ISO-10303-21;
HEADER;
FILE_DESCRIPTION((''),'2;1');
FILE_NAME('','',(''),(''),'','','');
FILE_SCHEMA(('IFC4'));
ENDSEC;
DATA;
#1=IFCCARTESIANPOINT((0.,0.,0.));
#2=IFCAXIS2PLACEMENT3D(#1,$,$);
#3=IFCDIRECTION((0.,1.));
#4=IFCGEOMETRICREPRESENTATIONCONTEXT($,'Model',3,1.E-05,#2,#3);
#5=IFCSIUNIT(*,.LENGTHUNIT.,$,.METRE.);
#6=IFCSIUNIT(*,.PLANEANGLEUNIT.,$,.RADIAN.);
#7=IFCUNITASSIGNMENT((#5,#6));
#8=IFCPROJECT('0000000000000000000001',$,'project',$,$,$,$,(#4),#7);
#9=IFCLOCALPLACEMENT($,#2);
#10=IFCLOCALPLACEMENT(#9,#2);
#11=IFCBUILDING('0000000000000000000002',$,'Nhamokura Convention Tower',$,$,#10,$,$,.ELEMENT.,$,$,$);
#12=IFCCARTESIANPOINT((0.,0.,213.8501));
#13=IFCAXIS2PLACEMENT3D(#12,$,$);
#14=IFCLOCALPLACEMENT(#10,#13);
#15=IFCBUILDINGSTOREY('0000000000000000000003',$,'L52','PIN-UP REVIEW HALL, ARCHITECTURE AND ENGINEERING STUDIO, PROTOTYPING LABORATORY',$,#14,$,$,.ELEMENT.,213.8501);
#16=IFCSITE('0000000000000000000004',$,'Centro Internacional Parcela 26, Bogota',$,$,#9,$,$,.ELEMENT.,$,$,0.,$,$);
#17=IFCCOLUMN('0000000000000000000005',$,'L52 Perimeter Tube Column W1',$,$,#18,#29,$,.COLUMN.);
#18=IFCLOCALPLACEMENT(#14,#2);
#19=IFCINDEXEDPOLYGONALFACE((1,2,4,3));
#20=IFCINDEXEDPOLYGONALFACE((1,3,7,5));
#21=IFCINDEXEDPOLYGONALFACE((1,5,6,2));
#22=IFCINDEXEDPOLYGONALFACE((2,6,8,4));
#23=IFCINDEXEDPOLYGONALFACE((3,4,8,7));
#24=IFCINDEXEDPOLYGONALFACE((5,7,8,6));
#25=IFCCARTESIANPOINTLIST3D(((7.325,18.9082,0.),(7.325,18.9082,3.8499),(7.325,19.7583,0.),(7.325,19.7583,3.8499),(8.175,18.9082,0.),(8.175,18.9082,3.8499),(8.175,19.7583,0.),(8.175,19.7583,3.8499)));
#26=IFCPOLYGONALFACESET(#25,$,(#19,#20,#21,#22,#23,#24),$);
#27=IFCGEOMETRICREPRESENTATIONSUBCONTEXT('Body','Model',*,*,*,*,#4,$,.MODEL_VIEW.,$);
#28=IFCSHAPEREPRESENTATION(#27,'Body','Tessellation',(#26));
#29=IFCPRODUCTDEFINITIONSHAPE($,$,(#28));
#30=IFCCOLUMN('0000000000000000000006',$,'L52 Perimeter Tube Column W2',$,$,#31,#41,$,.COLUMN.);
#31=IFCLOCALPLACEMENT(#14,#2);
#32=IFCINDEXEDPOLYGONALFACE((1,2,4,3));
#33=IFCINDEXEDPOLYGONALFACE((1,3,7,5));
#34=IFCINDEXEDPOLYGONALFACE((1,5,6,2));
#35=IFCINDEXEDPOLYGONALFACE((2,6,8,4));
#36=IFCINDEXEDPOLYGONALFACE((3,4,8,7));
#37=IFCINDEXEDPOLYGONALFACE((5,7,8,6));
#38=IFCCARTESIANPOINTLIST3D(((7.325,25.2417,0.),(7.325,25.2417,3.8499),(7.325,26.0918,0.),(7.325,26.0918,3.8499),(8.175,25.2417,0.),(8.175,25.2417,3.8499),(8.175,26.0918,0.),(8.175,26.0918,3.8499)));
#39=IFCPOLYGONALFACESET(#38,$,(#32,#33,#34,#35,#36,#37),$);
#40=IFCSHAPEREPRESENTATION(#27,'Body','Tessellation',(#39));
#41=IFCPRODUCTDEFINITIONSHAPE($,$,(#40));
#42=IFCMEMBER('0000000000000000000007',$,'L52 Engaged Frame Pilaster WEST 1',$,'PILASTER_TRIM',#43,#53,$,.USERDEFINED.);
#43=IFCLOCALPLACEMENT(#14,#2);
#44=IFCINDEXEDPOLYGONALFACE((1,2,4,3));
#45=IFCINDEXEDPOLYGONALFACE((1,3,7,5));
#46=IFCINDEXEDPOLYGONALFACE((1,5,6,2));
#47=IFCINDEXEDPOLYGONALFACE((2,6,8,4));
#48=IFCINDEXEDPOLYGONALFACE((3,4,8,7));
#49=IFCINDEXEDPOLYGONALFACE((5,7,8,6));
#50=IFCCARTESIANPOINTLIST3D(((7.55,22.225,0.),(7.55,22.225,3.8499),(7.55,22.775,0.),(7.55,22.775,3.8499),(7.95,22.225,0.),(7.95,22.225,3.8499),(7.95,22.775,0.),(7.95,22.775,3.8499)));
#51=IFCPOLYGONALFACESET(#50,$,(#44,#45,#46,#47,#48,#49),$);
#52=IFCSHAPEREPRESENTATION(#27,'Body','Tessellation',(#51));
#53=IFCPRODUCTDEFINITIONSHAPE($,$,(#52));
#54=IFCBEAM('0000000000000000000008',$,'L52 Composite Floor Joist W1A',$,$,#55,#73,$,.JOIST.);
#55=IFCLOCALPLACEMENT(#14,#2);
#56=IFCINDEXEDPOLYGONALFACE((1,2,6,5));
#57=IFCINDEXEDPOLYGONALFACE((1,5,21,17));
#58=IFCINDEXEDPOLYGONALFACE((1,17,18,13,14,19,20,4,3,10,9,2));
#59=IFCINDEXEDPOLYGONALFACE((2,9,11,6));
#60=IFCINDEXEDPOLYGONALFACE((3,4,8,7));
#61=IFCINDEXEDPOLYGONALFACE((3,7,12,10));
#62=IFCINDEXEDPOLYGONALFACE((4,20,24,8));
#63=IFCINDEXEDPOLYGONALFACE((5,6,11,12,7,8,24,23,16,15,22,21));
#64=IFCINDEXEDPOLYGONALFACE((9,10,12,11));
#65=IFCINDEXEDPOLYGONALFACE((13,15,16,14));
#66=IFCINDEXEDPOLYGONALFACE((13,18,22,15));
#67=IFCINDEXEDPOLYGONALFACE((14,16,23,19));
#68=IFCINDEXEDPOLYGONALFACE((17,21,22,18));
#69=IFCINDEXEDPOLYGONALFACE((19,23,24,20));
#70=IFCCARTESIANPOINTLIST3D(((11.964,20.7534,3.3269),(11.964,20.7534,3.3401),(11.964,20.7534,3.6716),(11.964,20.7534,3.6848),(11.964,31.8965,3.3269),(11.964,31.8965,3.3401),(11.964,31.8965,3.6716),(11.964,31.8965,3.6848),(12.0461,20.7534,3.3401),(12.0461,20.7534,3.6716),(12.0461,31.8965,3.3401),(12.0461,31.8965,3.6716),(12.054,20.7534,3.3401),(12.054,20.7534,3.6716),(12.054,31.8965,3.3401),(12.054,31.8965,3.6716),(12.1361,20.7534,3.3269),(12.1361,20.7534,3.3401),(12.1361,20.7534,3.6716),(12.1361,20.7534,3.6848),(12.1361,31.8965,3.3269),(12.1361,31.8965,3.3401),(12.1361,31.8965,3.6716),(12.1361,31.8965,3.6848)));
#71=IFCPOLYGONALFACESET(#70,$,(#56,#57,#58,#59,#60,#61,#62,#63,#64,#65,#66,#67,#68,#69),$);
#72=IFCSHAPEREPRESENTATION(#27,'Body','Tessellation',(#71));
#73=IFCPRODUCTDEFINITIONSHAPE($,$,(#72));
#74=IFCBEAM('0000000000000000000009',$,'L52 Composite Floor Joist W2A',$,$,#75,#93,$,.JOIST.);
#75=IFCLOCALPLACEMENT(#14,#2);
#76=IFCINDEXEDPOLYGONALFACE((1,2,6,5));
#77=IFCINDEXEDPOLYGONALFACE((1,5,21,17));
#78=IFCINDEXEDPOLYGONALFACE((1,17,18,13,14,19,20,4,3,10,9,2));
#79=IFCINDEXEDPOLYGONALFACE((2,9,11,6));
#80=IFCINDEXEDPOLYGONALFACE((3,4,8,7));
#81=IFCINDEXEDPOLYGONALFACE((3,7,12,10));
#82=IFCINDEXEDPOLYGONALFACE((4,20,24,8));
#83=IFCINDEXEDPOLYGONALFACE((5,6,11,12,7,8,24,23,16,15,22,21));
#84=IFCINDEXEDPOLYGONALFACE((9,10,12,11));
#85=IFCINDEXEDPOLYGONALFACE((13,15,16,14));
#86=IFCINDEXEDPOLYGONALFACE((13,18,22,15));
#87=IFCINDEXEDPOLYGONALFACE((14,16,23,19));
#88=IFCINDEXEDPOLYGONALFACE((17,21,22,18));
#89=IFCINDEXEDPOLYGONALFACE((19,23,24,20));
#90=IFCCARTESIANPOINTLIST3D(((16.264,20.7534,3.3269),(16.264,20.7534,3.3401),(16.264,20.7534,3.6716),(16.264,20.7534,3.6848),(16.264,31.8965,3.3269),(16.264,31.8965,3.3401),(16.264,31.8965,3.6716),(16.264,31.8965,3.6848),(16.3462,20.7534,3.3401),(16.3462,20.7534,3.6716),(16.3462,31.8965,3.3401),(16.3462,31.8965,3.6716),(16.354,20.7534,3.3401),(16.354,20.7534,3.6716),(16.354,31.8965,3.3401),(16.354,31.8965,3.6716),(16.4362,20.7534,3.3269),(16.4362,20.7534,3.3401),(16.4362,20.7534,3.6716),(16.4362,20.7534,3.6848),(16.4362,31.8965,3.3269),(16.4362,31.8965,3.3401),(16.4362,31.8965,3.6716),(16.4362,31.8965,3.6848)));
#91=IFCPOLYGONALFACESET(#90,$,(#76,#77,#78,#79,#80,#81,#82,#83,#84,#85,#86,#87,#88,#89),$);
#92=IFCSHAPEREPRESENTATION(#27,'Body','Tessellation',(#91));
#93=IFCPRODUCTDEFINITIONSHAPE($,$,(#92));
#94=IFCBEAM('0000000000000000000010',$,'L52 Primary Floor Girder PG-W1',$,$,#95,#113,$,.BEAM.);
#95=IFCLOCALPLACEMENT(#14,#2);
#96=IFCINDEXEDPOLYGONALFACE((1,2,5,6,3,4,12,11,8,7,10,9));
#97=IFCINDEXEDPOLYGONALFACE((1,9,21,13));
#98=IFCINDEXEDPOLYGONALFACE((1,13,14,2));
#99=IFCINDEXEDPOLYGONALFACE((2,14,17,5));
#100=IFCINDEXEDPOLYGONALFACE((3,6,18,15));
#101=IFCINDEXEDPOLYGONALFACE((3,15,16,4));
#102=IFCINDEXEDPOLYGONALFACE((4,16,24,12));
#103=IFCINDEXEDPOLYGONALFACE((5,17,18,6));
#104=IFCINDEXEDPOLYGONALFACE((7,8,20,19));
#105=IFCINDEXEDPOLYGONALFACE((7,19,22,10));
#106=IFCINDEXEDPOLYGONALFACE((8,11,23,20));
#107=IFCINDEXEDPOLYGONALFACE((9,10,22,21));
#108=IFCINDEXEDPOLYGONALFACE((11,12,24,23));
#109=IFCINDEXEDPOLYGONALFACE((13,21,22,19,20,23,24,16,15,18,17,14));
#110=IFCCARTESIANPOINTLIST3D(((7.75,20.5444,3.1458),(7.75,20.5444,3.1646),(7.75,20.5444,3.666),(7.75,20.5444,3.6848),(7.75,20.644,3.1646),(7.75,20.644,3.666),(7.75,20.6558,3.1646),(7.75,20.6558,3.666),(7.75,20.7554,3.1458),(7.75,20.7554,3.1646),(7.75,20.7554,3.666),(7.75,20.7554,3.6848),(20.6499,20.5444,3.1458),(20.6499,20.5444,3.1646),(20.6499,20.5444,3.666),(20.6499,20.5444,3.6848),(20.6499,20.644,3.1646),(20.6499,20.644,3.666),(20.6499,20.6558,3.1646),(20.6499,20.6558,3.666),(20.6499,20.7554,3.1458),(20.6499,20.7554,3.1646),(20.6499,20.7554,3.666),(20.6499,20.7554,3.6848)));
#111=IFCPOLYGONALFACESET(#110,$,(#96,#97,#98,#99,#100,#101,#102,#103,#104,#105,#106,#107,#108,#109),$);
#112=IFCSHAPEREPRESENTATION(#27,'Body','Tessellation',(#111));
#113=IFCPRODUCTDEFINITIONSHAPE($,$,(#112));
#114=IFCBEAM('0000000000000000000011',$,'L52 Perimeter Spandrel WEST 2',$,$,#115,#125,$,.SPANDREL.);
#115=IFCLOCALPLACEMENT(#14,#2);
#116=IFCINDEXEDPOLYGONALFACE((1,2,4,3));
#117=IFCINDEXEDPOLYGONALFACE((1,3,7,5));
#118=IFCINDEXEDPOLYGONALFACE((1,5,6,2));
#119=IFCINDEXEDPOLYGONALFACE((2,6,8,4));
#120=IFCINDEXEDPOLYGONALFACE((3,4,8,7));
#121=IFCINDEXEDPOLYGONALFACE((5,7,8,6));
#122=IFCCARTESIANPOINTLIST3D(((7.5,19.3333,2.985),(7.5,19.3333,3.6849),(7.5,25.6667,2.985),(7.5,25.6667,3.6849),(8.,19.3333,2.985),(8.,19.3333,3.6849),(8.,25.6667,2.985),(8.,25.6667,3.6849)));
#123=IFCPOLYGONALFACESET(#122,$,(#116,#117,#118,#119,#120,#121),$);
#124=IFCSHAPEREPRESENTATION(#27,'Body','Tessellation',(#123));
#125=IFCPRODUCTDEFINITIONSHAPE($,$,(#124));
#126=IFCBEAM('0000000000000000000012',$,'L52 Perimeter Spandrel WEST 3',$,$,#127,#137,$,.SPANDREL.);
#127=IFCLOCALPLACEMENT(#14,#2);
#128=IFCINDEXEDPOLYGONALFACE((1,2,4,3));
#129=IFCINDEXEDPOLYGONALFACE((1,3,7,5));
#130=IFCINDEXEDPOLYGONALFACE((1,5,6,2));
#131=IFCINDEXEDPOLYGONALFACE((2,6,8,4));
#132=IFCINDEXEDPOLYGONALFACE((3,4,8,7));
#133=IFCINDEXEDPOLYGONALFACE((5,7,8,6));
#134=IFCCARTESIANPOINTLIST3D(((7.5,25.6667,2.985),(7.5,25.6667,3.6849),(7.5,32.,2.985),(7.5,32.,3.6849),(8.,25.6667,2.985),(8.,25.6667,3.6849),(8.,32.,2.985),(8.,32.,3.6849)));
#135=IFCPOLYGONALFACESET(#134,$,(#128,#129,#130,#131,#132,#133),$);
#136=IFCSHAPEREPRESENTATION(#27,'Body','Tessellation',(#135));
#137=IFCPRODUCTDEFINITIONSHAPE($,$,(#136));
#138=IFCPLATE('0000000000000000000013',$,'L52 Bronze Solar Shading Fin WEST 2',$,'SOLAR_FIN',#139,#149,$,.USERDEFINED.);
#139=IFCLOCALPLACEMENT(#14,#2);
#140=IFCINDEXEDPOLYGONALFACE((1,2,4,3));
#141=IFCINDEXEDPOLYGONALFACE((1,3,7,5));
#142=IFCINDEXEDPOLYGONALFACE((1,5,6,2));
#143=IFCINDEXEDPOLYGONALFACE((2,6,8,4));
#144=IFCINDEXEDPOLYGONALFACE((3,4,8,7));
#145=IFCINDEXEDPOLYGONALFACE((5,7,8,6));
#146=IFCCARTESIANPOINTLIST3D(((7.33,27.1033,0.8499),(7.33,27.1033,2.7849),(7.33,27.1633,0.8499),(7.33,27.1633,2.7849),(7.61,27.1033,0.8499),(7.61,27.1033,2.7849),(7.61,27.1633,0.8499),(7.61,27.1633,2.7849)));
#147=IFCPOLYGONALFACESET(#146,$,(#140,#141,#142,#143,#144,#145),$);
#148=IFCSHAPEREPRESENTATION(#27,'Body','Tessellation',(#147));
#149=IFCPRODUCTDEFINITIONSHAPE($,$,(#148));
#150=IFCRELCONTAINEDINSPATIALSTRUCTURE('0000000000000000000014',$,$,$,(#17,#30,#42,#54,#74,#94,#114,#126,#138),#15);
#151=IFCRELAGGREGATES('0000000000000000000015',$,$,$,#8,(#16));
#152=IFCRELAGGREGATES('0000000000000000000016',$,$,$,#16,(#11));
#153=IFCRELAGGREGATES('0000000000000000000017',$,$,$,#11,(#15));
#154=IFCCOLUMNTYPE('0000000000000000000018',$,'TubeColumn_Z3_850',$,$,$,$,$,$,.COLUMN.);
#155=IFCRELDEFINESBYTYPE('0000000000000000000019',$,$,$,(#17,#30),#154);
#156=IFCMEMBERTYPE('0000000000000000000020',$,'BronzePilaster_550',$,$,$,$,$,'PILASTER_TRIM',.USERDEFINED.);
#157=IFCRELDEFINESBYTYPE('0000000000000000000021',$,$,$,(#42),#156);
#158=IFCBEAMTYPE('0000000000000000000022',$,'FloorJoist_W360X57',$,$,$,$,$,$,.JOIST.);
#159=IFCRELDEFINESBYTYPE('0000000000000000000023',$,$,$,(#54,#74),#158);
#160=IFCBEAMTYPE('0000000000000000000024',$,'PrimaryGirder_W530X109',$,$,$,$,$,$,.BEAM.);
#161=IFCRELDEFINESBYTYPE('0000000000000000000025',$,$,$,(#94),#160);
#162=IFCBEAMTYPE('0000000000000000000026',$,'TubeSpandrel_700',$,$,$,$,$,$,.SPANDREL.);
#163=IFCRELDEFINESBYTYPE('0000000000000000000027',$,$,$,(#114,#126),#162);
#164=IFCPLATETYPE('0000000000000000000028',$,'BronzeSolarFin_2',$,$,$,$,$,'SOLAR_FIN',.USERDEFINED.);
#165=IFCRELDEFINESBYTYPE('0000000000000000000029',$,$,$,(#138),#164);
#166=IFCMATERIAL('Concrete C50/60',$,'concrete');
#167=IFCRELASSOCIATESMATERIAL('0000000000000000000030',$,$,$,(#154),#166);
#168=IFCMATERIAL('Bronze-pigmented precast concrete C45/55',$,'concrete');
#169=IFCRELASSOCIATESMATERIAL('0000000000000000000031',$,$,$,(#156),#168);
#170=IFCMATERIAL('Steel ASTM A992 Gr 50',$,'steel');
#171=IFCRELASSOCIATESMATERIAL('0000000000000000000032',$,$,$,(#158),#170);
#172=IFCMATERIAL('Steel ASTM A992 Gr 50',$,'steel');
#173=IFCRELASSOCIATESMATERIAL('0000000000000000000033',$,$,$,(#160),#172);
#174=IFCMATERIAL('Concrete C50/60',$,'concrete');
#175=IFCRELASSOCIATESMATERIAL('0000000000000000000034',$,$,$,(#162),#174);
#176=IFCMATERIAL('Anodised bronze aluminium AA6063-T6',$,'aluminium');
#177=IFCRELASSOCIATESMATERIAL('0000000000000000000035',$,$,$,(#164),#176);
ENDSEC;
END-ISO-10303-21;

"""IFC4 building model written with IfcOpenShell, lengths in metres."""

from ifc_helpers import new_model, si_unit, direction, frame, origin, origin_2d, place, context, subcontext, project, spatial, rectangle, i_section, extrude, material, material_profile, profile_set, type_object, element, save


model = new_model("IFC4")

# Units and contexts
model_context = context("Model", 3, precision=1e-05, world=origin(), true_north=direction((0.0, 1.0)))
body_context = subcontext(model_context, "Body", "Model", "MODEL_VIEW")
ifc_project = project(units=[si_unit("LENGTHUNIT", "METRE"), si_unit("PLANEANGLEUNIT", "RADIAN")], contexts=[model_context])

# Site, building, storey
site_placement = place(None, origin())
site = spatial("IfcSite", under=ifc_project, at=site_placement, Name="Centro Internacional Parcela 26, Bogota", CompositionType="ELEMENT", RefElevation=0.0)
building_placement = place(site_placement, origin())
building = spatial("IfcBuilding", under=site, at=building_placement, Name="Nhamokura Convention Tower", CompositionType="ELEMENT")
storey_placement = place(building_placement, frame((0.0, 0.0, 213.8501)))
storey = spatial("IfcBuildingStorey", under=building, at=storey_placement, Name="L52", Description="PIN-UP REVIEW HALL, ARCHITECTURE AND ENGINEERING STUDIO, PROTOTYPING LABORATORY", CompositionType="ELEMENT", Elevation=213.8501)

# Columns
ifc_material_1 = material(Name="Concrete C50/60", Category="concrete")
ifc_material_profile_1 = material_profile(ifc_material_1, rectangle(XDim=0.8501, YDim=0.8501, at=origin_2d()))
ifc_profile_set_1 = profile_set([ifc_material_profile_1], Name="Concrete C50/60")
column_type = type_object("IfcColumnType", Name="TubeColumn_Z3_850", PredefinedType="COLUMN", material=ifc_profile_set_1)
for number, where, z_axis, x_axis, name in (
    (1, (7.75, 19.3333, 0.0), (0.0, 0.0, 1.0), (1.0, 0.0, 0.0), "L52 Perimeter Tube Column W1"),
    (2, (7.75, 25.6667, 0.0), (0.0, 0.0, 1.0), (1.0, 0.0, 0.0), "L52 Perimeter Tube Column W2"),
):
    element("IfcColumn", number, at=place(storey_placement, frame(where, z_axis=z_axis, x_axis=x_axis)), inside=storey, type_object=column_type, Name=name, PredefinedType="COLUMN", context=body_context, shape_type="SweptSolid", body=[
        extrude(rectangle(XDim=0.8501, YDim=0.8501, at=origin_2d()), origin(), (0.0, 0.0, 1.0), 3.8499),
    ])

# Member
ifc_material_2 = material(Name="Bronze-pigmented precast concrete C45/55", Category="concrete")
ifc_material_profile_2 = material_profile(ifc_material_2, rectangle(XDim=0.3999, YDim=0.55, at=origin_2d()))
ifc_profile_set_2 = profile_set([ifc_material_profile_2], Name="Bronze-pigmented precast concrete C45/55")
member_type = type_object("IfcMemberType", Name="BronzePilaster_550", ElementType="PILASTER_TRIM", PredefinedType="USERDEFINED", material=ifc_profile_set_2)
member_placement = place(storey_placement, frame((7.75, 22.5, 0.0), z_axis=(0.0, 0.0, 1.0), x_axis=(1.0, 0.0, 0.0)))
element("IfcMember", 3, at=member_placement, inside=storey, type_object=member_type, Name="L52 Engaged Frame Pilaster WEST 1", ObjectType="PILASTER_TRIM", PredefinedType="USERDEFINED", context=body_context, shape_type="SweptSolid", body=[
    extrude(rectangle(XDim=0.3999, YDim=0.55, at=origin_2d()), origin(), (0.0, 0.0, 1.0), 3.8499),
])

# Beams
ifc_material_3 = material(Name="Steel ASTM A992 Gr 50", Category="steel")
ifc_material_profile_3 = material_profile(ifc_material_3, i_section(OverallWidth=0.1721, OverallDepth=0.3579, WebThickness=0.0078, FlangeThickness=0.0132, at=origin_2d()))
ifc_profile_set_3 = profile_set([ifc_material_profile_3], Name="Steel ASTM A992 Gr 50")
beam_type_1 = type_object("IfcBeamType", Name="FloorJoist_W360X57", PredefinedType="JOIST", material=ifc_profile_set_3)
for number, where, z_axis, x_axis, name in (
    (4, (12.05, 20.7534, 3.5059), (0.0, 1.0, 0.0), (-1.0, 0.0, 0.0), "L52 Composite Floor Joist W1A"),
    (5, (16.3501, 20.7534, 3.5059), (0.0, 1.0, 0.0), (-1.0, 0.0, 0.0), "L52 Composite Floor Joist W2A"),
):
    element("IfcBeam", number, at=place(storey_placement, frame(where, z_axis=z_axis, x_axis=x_axis)), inside=storey, type_object=beam_type_1, Name=name, PredefinedType="JOIST", context=body_context, shape_type="SweptSolid", body=[
        extrude(i_section(OverallWidth=0.1721, OverallDepth=0.3579, WebThickness=0.0078, FlangeThickness=0.0132, at=origin_2d()), origin(), (0.0, 0.0, 1.0), 11.1431),
    ])
ifc_material_4 = material(Name="Steel ASTM A992 Gr 50", Category="steel")
ifc_material_profile_4 = material_profile(ifc_material_4, i_section(OverallWidth=0.2109, OverallDepth=0.5391, WebThickness=0.0117, FlangeThickness=0.0188, at=origin_2d()))
ifc_profile_set_4 = profile_set([ifc_material_profile_4], Name="Steel ASTM A992 Gr 50")
beam_type_2 = type_object("IfcBeamType", Name="PrimaryGirder_W530X109", PredefinedType="BEAM", material=ifc_profile_set_4)
beam_1_placement = place(storey_placement, frame((7.75, 20.6499, 3.4153), z_axis=(1.0, 0.0, 0.0), x_axis=(0.0, 1.0, 0.0)))
element("IfcBeam", 6, at=beam_1_placement, inside=storey, type_object=beam_type_2, Name="L52 Primary Floor Girder PG-W1", PredefinedType="BEAM", context=body_context, shape_type="SweptSolid", body=[
    extrude(i_section(OverallWidth=0.2109, OverallDepth=0.5391, WebThickness=0.0117, FlangeThickness=0.0188, at=origin_2d()), origin(), (0.0, 0.0, 1.0), 12.8999),
])
ifc_material_5 = material(Name="Concrete C50/60", Category="concrete")
ifc_material_profile_5 = material_profile(ifc_material_5, rectangle(XDim=0.5, YDim=0.7, at=origin_2d()))
ifc_profile_set_5 = profile_set([ifc_material_profile_5], Name="Concrete C50/60")
beam_type_3 = type_object("IfcBeamType", Name="TubeSpandrel_700", PredefinedType="SPANDREL", material=ifc_profile_set_5)
beam_2_placement = place(storey_placement, frame((7.75, 19.3333, 3.335), z_axis=(0.0, 1.0, 0.0), x_axis=(-1.0, 0.0, 0.0)))
element("IfcBeam", 7, at=beam_2_placement, inside=storey, type_object=beam_type_3, Name="L52 Perimeter Spandrel WEST 2", PredefinedType="SPANDREL", context=body_context, shape_type="SweptSolid", body=[
    extrude(rectangle(XDim=0.5, YDim=0.7, at=origin_2d()), origin(), (0.0, 0.0, 1.0), 6.3335),
])
beam_3_placement = place(storey_placement, frame((7.75, 25.6667, 3.335), z_axis=(0.0, 1.0, 0.0), x_axis=(-1.0, 0.0, 0.0)))
element("IfcBeam", 8, at=beam_3_placement, inside=storey, type_object=beam_type_3, Name="L52 Perimeter Spandrel WEST 3", PredefinedType="SPANDREL", context=body_context, shape_type="SweptSolid", body=[
    extrude(rectangle(XDim=0.5, YDim=0.7, at=origin_2d()), origin(), (0.0, 0.0, 1.0), 6.3333),
])

# Plate
ifc_material_6 = material(Name="Anodised bronze aluminium AA6063-T6", Category="aluminium")
plate_type = type_object("IfcPlateType", Name="BronzeSolarFin_2", ElementType="SOLAR_FIN", PredefinedType="USERDEFINED", material=ifc_material_6)
plate_placement = place(storey_placement, frame((7.47, 27.1333, 0.8499), z_axis=(0.0, 0.0, 1.0), x_axis=(1.0, 0.0, 0.0)))
element("IfcPlate", 9, at=plate_placement, inside=storey, type_object=plate_type, Name="L52 Bronze Solar Shading Fin WEST 2", ObjectType="SOLAR_FIN", PredefinedType="USERDEFINED", context=body_context, shape_type="SweptSolid", body=[
    extrude(rectangle(XDim=0.28, YDim=0.0601, at=origin_2d()), origin(), (0.0, 0.0, 1.0), 1.9351),
])

save(model, "model.ifc")
